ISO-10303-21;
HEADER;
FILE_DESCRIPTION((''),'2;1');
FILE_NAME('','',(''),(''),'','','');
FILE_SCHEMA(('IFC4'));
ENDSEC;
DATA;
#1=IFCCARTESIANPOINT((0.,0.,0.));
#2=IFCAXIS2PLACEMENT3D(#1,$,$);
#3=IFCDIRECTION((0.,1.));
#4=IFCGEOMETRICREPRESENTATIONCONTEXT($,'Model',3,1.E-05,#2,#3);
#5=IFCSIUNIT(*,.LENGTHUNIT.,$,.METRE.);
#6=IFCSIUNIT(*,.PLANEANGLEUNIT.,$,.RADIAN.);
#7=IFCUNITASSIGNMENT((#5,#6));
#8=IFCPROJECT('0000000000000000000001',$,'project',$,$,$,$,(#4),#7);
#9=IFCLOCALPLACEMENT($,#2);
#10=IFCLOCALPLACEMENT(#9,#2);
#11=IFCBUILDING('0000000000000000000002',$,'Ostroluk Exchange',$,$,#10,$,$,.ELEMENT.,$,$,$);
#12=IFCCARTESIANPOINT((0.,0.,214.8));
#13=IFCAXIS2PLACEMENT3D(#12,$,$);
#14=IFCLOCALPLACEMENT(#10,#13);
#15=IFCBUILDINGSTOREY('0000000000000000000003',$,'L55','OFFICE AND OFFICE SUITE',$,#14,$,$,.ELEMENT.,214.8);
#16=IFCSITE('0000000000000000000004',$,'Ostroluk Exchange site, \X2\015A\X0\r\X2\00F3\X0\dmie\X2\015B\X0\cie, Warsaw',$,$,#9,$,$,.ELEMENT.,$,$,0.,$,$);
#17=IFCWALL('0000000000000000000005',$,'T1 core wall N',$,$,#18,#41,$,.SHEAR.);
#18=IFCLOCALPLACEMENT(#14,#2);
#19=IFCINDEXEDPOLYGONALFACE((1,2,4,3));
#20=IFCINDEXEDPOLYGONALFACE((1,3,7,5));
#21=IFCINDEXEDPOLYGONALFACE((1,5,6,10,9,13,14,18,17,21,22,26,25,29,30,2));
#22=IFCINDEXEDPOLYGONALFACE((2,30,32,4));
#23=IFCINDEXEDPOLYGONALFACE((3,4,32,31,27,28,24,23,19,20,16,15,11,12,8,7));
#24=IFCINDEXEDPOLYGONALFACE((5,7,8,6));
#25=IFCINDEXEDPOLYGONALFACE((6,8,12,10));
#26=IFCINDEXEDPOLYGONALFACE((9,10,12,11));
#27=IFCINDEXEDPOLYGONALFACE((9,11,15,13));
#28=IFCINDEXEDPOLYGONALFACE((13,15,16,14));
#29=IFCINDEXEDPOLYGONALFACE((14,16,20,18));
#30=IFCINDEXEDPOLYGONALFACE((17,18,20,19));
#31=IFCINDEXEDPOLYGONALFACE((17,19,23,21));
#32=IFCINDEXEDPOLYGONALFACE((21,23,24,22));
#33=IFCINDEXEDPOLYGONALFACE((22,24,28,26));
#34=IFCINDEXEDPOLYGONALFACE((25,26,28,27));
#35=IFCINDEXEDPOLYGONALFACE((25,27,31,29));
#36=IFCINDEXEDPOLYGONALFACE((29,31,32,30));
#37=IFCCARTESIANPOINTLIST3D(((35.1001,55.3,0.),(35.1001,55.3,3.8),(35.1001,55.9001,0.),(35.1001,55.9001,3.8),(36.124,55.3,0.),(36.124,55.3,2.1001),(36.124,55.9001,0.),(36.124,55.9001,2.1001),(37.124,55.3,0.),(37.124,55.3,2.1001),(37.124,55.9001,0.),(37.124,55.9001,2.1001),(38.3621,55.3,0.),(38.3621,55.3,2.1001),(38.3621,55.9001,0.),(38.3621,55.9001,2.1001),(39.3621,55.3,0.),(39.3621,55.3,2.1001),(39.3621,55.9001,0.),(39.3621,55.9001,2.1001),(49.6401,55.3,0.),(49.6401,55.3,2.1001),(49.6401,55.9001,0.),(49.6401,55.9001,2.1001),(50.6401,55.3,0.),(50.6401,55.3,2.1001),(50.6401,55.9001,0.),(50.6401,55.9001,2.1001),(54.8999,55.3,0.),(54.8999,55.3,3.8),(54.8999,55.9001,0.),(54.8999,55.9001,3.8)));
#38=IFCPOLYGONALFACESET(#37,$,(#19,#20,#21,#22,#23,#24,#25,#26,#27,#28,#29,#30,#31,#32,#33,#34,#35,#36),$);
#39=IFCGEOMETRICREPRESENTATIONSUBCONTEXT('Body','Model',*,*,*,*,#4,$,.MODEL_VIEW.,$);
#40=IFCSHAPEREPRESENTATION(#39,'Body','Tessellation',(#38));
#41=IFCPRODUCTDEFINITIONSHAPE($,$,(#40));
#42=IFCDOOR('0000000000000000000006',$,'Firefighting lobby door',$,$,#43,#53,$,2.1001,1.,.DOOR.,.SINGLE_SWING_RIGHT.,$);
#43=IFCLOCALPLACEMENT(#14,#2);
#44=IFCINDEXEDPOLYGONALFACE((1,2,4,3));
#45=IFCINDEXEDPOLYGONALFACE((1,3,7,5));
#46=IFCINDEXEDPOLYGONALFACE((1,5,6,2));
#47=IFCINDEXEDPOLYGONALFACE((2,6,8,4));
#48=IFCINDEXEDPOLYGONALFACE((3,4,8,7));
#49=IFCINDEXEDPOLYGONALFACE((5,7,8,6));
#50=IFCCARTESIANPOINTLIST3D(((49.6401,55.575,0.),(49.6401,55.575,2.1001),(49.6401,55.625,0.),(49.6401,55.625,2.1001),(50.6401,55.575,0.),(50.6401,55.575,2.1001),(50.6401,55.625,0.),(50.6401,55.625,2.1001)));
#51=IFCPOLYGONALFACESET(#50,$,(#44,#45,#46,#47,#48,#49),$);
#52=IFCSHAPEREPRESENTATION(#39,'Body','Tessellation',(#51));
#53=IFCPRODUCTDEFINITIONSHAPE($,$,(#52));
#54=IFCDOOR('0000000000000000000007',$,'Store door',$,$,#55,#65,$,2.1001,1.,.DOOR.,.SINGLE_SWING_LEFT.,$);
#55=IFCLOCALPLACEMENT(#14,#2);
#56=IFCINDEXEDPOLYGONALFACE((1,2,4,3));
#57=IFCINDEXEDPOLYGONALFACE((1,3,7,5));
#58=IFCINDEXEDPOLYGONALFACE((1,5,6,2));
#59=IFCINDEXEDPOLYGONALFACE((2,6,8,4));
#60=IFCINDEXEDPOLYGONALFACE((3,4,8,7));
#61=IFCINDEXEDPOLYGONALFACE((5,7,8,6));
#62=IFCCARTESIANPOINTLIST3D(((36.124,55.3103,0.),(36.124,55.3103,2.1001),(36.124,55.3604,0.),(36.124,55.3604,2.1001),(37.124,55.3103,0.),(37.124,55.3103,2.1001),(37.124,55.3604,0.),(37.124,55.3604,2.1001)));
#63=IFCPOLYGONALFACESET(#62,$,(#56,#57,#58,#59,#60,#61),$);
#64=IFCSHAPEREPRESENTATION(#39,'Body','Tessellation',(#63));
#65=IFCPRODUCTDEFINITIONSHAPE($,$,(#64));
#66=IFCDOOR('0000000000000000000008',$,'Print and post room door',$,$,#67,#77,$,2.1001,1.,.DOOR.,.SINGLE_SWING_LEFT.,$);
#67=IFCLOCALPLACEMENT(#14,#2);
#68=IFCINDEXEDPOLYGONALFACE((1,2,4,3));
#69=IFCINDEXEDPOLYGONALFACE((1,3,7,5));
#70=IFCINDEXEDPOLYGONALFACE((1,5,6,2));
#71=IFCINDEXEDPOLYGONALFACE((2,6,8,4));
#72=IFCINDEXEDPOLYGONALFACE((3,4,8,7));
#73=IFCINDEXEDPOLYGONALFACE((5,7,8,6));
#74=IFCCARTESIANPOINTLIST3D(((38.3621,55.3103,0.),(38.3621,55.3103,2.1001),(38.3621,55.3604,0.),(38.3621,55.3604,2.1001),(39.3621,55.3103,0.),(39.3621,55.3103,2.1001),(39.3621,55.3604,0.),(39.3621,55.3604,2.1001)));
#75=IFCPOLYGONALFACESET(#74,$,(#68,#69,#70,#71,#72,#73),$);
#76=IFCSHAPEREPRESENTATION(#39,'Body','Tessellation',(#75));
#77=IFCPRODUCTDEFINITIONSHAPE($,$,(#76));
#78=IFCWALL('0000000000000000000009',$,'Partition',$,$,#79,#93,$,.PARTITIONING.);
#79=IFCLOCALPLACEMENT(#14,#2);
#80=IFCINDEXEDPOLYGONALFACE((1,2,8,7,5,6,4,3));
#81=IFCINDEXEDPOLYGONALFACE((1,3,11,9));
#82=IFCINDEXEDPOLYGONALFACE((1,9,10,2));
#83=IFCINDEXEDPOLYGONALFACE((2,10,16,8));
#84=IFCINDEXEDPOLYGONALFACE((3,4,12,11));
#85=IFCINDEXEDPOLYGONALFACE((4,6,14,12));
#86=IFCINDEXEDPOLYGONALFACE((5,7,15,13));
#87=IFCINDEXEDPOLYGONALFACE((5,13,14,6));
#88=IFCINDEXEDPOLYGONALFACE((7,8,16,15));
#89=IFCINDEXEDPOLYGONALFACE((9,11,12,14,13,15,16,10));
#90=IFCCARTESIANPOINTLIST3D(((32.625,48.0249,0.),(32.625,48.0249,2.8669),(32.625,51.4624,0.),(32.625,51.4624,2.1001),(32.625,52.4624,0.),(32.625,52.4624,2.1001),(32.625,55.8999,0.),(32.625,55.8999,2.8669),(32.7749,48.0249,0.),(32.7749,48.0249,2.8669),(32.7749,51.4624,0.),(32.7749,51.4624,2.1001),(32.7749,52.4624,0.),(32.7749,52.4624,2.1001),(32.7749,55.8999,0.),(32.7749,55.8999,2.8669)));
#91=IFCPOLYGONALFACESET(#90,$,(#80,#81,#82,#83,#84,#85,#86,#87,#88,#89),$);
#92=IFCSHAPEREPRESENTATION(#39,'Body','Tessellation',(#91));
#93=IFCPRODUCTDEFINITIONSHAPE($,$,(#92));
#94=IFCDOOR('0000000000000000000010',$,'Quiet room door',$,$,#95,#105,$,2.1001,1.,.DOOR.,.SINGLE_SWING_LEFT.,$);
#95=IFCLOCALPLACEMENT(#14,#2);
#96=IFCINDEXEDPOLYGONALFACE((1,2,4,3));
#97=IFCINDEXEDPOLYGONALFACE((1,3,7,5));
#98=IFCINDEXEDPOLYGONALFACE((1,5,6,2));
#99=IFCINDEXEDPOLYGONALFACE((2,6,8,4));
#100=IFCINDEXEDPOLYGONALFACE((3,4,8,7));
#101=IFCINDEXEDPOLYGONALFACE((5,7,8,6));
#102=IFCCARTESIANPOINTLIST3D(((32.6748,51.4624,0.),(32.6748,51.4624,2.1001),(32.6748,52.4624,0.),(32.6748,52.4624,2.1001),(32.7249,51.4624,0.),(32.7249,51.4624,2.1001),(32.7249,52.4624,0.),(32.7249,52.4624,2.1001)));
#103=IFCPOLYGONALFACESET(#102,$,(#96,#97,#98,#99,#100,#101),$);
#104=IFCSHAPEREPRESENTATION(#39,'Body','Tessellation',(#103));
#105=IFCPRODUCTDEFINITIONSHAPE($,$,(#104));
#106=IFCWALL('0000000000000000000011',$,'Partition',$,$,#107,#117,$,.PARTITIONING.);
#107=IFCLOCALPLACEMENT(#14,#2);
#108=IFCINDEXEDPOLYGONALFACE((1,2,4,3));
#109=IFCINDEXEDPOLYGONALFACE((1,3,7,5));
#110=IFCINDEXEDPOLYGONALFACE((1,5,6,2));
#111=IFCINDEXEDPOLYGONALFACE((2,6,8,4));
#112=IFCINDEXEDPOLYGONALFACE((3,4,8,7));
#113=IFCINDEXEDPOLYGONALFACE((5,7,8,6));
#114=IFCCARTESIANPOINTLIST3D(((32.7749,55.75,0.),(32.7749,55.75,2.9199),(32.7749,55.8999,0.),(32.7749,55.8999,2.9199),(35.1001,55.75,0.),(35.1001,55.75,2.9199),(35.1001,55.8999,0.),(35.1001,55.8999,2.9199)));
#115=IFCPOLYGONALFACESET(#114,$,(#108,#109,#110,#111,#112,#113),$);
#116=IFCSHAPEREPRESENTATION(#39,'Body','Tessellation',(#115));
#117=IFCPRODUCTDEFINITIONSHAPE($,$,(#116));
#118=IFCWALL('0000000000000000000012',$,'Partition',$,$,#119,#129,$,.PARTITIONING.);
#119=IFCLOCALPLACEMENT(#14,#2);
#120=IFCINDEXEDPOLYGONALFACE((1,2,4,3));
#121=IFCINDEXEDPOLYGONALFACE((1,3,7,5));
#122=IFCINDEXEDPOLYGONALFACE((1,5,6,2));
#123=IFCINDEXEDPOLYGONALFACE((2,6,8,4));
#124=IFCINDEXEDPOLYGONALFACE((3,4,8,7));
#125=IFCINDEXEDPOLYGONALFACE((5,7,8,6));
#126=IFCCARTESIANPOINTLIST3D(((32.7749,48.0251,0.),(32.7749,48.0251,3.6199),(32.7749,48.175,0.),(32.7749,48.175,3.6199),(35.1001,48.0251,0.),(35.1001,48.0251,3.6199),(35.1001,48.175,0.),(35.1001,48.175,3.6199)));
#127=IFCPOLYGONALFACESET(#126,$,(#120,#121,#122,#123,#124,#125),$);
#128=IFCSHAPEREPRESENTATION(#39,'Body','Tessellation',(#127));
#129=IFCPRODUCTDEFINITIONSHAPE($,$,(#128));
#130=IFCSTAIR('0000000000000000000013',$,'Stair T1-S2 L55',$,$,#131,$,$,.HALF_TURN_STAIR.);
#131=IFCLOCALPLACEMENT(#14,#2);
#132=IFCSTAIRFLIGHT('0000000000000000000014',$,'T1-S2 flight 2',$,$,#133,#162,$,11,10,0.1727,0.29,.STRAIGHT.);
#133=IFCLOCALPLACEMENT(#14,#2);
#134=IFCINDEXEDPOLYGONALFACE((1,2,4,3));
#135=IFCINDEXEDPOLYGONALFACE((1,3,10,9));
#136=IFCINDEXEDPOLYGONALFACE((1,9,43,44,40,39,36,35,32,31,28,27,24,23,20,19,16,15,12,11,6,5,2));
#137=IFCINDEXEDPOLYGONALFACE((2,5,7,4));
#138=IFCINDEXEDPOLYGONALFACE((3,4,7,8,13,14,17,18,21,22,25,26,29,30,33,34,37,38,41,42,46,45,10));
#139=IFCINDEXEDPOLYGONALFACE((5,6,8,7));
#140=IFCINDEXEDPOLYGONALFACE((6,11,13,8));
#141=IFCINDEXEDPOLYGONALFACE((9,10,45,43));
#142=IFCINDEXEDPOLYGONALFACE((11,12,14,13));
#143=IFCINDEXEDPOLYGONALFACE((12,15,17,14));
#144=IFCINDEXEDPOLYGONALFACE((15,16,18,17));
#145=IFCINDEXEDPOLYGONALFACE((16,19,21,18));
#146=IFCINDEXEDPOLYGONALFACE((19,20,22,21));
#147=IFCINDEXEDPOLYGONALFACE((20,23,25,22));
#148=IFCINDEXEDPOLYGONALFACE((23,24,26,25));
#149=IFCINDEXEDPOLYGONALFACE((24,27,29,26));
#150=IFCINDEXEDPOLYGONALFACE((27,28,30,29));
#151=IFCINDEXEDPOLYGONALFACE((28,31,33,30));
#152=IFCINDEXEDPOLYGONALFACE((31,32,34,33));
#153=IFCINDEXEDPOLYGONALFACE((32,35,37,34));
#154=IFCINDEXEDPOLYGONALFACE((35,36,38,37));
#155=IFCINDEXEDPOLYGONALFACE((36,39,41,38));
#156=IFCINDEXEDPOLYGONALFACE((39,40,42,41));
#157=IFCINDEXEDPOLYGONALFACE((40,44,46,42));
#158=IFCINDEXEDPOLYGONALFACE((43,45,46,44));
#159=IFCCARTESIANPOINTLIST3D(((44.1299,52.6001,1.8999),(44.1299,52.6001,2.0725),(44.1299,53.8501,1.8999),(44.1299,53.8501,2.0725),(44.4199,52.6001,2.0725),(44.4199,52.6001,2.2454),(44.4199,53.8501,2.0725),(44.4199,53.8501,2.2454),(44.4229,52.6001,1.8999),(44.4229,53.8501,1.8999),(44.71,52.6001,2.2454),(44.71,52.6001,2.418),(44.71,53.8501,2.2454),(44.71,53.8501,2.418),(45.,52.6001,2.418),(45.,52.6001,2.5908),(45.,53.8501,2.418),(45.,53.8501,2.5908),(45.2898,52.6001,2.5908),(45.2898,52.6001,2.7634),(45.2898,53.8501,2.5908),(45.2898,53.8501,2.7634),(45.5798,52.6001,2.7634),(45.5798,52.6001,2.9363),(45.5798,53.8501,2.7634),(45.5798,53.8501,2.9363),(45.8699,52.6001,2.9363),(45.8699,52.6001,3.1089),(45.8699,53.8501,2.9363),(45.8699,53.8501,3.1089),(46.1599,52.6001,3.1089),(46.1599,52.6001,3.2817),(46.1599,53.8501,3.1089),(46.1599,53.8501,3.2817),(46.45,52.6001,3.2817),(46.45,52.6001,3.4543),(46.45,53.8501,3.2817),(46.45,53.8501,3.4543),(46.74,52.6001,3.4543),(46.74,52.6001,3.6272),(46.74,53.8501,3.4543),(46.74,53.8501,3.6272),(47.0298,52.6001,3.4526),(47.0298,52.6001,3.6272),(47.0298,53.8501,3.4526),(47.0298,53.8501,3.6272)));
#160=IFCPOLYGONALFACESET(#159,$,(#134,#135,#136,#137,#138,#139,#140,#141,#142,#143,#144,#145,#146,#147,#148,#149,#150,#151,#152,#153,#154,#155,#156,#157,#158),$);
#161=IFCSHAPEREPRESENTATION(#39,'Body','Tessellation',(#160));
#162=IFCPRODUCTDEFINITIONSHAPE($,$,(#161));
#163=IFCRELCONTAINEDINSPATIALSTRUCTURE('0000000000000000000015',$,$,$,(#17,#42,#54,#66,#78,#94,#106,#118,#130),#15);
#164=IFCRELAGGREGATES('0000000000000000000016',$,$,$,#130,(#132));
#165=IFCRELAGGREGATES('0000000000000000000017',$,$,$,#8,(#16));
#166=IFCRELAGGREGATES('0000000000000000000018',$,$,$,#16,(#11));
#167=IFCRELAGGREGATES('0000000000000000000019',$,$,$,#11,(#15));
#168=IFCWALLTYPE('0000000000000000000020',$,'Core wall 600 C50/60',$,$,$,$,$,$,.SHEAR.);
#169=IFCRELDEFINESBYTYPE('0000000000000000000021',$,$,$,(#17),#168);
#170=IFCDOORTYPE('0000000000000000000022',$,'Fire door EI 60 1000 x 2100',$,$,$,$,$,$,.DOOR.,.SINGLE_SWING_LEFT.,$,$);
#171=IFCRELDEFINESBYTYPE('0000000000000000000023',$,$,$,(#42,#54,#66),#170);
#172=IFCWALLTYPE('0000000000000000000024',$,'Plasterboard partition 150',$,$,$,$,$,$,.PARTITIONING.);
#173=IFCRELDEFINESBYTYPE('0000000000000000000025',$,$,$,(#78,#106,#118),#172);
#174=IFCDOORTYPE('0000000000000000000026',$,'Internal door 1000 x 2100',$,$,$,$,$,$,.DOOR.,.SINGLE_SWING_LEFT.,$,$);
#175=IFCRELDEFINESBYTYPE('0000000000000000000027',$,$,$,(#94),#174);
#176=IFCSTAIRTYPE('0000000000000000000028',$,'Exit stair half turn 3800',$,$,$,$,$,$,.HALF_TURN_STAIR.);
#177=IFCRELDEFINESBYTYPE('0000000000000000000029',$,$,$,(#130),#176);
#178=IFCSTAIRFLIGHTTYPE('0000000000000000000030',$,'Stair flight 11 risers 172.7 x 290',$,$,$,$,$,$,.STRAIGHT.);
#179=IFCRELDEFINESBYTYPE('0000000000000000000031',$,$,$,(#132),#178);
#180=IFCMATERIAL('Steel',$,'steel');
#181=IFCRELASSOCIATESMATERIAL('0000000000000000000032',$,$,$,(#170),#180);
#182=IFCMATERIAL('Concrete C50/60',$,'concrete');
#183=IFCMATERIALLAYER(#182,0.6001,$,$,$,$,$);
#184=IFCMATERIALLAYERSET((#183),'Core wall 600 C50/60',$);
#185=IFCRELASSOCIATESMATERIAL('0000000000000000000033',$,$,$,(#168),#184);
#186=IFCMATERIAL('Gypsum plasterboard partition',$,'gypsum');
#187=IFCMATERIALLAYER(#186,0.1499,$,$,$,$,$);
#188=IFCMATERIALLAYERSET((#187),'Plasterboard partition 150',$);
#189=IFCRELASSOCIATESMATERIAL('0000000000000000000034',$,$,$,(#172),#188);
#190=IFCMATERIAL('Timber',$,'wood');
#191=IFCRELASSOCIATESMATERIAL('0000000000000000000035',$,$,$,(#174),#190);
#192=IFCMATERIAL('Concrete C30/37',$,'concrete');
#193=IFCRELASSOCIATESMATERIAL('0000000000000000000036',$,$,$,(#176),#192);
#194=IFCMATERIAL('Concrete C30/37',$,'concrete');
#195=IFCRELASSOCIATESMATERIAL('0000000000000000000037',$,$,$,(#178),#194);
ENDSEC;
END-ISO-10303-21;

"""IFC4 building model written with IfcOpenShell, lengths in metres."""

from ifc_helpers import new_model, si_unit, direction, frame, frame_2d, origin, place, context, subcontext, project, spatial, polyline, rectangle, outline, extrude, material, layer, layer_set, type_object, element, fill, aggregate, save


model = new_model("IFC4")

# Units and contexts
model_context = context("Model", 3, precision=1e-05, world=origin(), true_north=direction((0.0, 1.0)))
body_context = subcontext(model_context, "Body", "Model", "MODEL_VIEW")
ifc_project = project(units=[si_unit("LENGTHUNIT", "METRE"), si_unit("PLANEANGLEUNIT", "RADIAN")], contexts=[model_context])

# Site, building, storey
site_placement = place(None, origin())
site = spatial("IfcSite", under=ifc_project, at=site_placement, Name="Ostroluk Exchange site, Śródmieście, Warsaw", CompositionType="ELEMENT", RefElevation=0.0)
building_placement = place(site_placement, origin())
building = spatial("IfcBuilding", under=site, at=building_placement, Name="Ostroluk Exchange", CompositionType="ELEMENT")
storey_placement = place(building_placement, frame((0.0, 0.0, 214.8)))
storey = spatial("IfcBuildingStorey", under=building, at=storey_placement, Name="L55", Description="OFFICE AND OFFICE SUITE", CompositionType="ELEMENT", Elevation=214.8)

# Wall, openings, doors
ifc_material_1 = material(Name="Steel", Category="steel")
door_type_1 = type_object("IfcDoorType", Name="Fire door EI 60 1000 x 2100", OperationType="SINGLE_SWING_LEFT", PredefinedType="DOOR", material=ifc_material_1)
ifc_material_2 = material(Name="Concrete C50/60", Category="concrete")
ifc_layer_1 = layer(ifc_material_2, 0.6001)
ifc_layer_set_1 = layer_set([ifc_layer_1], Name="Core wall 600 C50/60")
wall_type_1 = type_object("IfcWallType", Name="Core wall 600 C50/60", PredefinedType="SHEAR", material=ifc_layer_set_1)
wall_1_placement = place(storey_placement, frame((35.1001, 55.6001, 0.0), z_axis=(0.0, 0.0, 1.0), x_axis=(1.0, 0.0, 0.0)))
wall_1 = element("IfcWall", 1, at=wall_1_placement, inside=storey, type_object=wall_type_1, Name="T1 core wall N", PredefinedType="SHEAR", context=body_context, shape_type="SweptSolid", body=[
    extrude(rectangle(XDim=19.7998, YDim=0.6001, at=frame_2d((9.8999, 0.0))), origin(), (0.0, 0.0, 1.0), 3.8),
])
opening_1_placement = place(wall_1_placement, frame((14.54, 0.0, 0.0)))
opening_1 = element("IfcOpeningElement", 2, at=opening_1_placement, cuts=wall_1, PredefinedType="OPENING", context=body_context, shape_type="SweptSolid", body=[
    extrude(rectangle(XDim=1.0, YDim=2.1001, at=frame_2d((0.5, 1.05))), frame((0.0, 0.3101, 0.0), z_axis=(0.0, -1.0, 0.0), x_axis=(1.0, 0.0, 0.0)), (0.0, 0.0, 1.0), 0.6201),
])
opening_2_placement = place(wall_1_placement, frame((1.0239, 0.0, 0.0)))
opening_2 = element("IfcOpeningElement", 3, at=opening_2_placement, cuts=wall_1, PredefinedType="OPENING", context=body_context, shape_type="SweptSolid", body=[
    extrude(rectangle(XDim=1.0, YDim=2.1001, at=frame_2d((0.5, 1.05))), frame((0.0, 0.3101, 0.0), z_axis=(0.0, -1.0, 0.0), x_axis=(1.0, 0.0, 0.0)), (0.0, 0.0, 1.0), 0.6201),
])
opening_3_placement = place(wall_1_placement, frame((3.262, 0.0, 0.0)))
opening_3 = element("IfcOpeningElement", 4, at=opening_3_placement, cuts=wall_1, PredefinedType="OPENING", context=body_context, shape_type="SweptSolid", body=[
    extrude(rectangle(XDim=1.0, YDim=2.1001, at=frame_2d((0.5, 1.05))), frame((0.0, 0.3101, 0.0), z_axis=(0.0, -1.0, 0.0), x_axis=(1.0, 0.0, 0.0)), (0.0, 0.0, 1.0), 0.6201),
])
door_1_placement = place(opening_1_placement, origin())
door_1 = element("IfcDoor", 5, at=door_1_placement, inside=storey, type_object=door_type_1, Name="Firefighting lobby door", OperationType="SINGLE_SWING_RIGHT", OverallHeight=2.1001, OverallWidth=1.0, PredefinedType="DOOR", context=body_context, shape_type="SweptSolid", body=[
    extrude(rectangle(XDim=1.0, YDim=2.1001, at=frame_2d((0.5, 1.05))), frame((0.0, 0.0249, 0.0), z_axis=(0.0, -1.0, 0.0), x_axis=(1.0, 0.0, 0.0)), (0.0, 0.0, 1.0), 0.05),
])
fill(opening_1, door_1)
door_2_placement = place(opening_2_placement, origin())
door_2 = element("IfcDoor", 6, at=door_2_placement, inside=storey, type_object=door_type_1, Name="Store door", OperationType="SINGLE_SWING_LEFT", OverallHeight=2.1001, OverallWidth=1.0, PredefinedType="DOOR", context=body_context, shape_type="SweptSolid", body=[
    extrude(rectangle(XDim=1.0, YDim=2.1001, at=frame_2d((0.5, 1.05))), frame((0.0, -0.2397, 0.0), z_axis=(0.0, -1.0, 0.0), x_axis=(1.0, 0.0, 0.0)), (0.0, 0.0, 1.0), 0.05),
])
fill(opening_2, door_2)
door_3_placement = place(opening_3_placement, origin())
door_3 = element("IfcDoor", 7, at=door_3_placement, inside=storey, type_object=door_type_1, Name="Print and post room door", OperationType="SINGLE_SWING_LEFT", OverallHeight=2.1001, OverallWidth=1.0, PredefinedType="DOOR", context=body_context, shape_type="SweptSolid", body=[
    extrude(rectangle(XDim=1.0, YDim=2.1001, at=frame_2d((0.5, 1.05))), frame((0.0, -0.2397, 0.0), z_axis=(0.0, -1.0, 0.0), x_axis=(1.0, 0.0, 0.0)), (0.0, 0.0, 1.0), 0.05),
])
fill(opening_3, door_3)

# Wall, opening, door
ifc_material_3 = material(Name="Gypsum plasterboard partition", Category="gypsum")
ifc_layer_2 = layer(ifc_material_3, 0.1499)
ifc_layer_set_2 = layer_set([ifc_layer_2], Name="Plasterboard partition 150")
wall_type_2 = type_object("IfcWallType", Name="Plasterboard partition 150", PredefinedType="PARTITIONING", material=ifc_layer_set_2)
wall_2_placement = place(storey_placement, frame((32.7, 55.8999, 0.0), z_axis=(0.0, 0.0, 1.0), x_axis=(0.0, -1.0, 0.0)))
wall_2 = element("IfcWall", 8, at=wall_2_placement, inside=storey, type_object=wall_type_2, Name="Partition", PredefinedType="PARTITIONING", context=body_context, shape_type="SweptSolid", body=[
    extrude(rectangle(XDim=7.875, YDim=0.1499, at=frame_2d((3.9375, 0.0))), origin(), (0.0, 0.0, 1.0), 2.8669),
])
opening_4_placement = place(wall_2_placement, frame((3.4375, 0.0, 0.0)))
opening_4 = element("IfcOpeningElement", 9, at=opening_4_placement, cuts=wall_2, PredefinedType="OPENING", context=body_context, shape_type="SweptSolid", body=[
    extrude(rectangle(XDim=1.0, YDim=2.1001, at=frame_2d((0.5, 1.05))), frame((0.0, 0.085, 0.0), z_axis=(0.0, -1.0, 0.0), x_axis=(1.0, 0.0, 0.0)), (0.0, 0.0, 1.0), 0.1699),
])
ifc_material_4 = material(Name="Timber", Category="wood")
door_type_2 = type_object("IfcDoorType", Name="Internal door 1000 x 2100", OperationType="SINGLE_SWING_LEFT", PredefinedType="DOOR", material=ifc_material_4)
door_4_placement = place(opening_4_placement, origin())
door_4 = element("IfcDoor", 10, at=door_4_placement, inside=storey, type_object=door_type_2, Name="Quiet room door", OperationType="SINGLE_SWING_LEFT", OverallHeight=2.1001, OverallWidth=1.0, PredefinedType="DOOR", context=body_context, shape_type="SweptSolid", body=[
    extrude(rectangle(XDim=1.0, YDim=2.1001, at=frame_2d((0.5, 1.05))), frame((0.0, 0.0249, 0.0), z_axis=(0.0, -1.0, 0.0), x_axis=(1.0, 0.0, 0.0)), (0.0, 0.0, 1.0), 0.05),
])
fill(opening_4, door_4)

# Walls
wall_3_placement = place(storey_placement, frame((35.1001, 55.825, 0.0), z_axis=(0.0, 0.0, 1.0), x_axis=(-1.0, 0.0, 0.0)))
element("IfcWall", 11, at=wall_3_placement, inside=storey, type_object=wall_type_2, Name="Partition", PredefinedType="PARTITIONING", context=body_context, shape_type="SweptSolid", body=[
    extrude(rectangle(XDim=2.3252, YDim=0.1499, at=frame_2d((1.1626, 0.0))), origin(), (0.0, 0.0, 1.0), 2.9199),
])
wall_4_placement = place(storey_placement, frame((35.1001, 48.1001, 0.0), z_axis=(0.0, 0.0, 1.0), x_axis=(-1.0, 0.0, 0.0)))
element("IfcWall", 12, at=wall_4_placement, inside=storey, type_object=wall_type_2, Name="Partition", PredefinedType="PARTITIONING", context=body_context, shape_type="SweptSolid", body=[
    extrude(rectangle(XDim=2.3252, YDim=0.1499, at=frame_2d((1.1626, 0.0))), origin(), (0.0, 0.0, 1.0), 3.6199),
])

# Stair, stair flight
ifc_material_5 = material(Name="Concrete C30/37", Category="concrete")
stair_type = type_object("IfcStairType", Name="Exit stair half turn 3800", PredefinedType="HALF_TURN_STAIR", material=ifc_material_5)
stair_placement = place(storey_placement, origin())
stair = element("IfcStair", 13, at=stair_placement, inside=storey, type_object=stair_type, Name="Stair T1-S2 L55", PredefinedType="HALF_TURN_STAIR")
ifc_material_6 = material(Name="Concrete C30/37", Category="concrete")
stair_flight_type = type_object("IfcStairFlightType", Name="Stair flight 11 risers 172.7 x 290", PredefinedType="STRAIGHT", material=ifc_material_6)
stair_flight_placement = place(storey_placement, frame((44.1299, 53.2251, 1.8999), z_axis=(0.0, 0.0, 1.0), x_axis=(1.0, 0.0, 0.0)))
stair_flight = element("IfcStairFlight", 14, at=stair_flight_placement, type_object=stair_flight_type, Name="T1-S2 flight 2", NumberOfRisers=11, NumberOfTreads=10, PredefinedType="STRAIGHT", RiserHeight=0.1727, TreadLength=0.29, context=body_context, shape_type="SweptSolid", body=[
    extrude(outline(polyline([(0.0, 0.0), (0.0, 0.1726), (0.29, 0.1726), (0.29, 0.3455), (0.5801, 0.3455), (0.5801, 0.5181), (0.8701, 0.5181), (0.8701, 0.6909), (1.1599, 0.6909), (1.1599, 0.8635), (1.45, 0.8635), (1.45, 1.0364), (1.74, 1.0364), (1.74, 1.209), (2.03, 1.209), (2.03, 1.3818), (2.3201, 1.3818), (2.3201, 1.5544), (2.6101, 1.5544), (2.6101, 1.7273), (2.8999, 1.7273), (2.8999, 1.8999), (2.8999, 1.5527), (0.293, 0.0), (0.0, 0.0)])), frame((0.0, 0.625, 0.0), z_axis=(0.0, -1.0, 0.0), x_axis=(1.0, 0.0, 0.0)), (0.0, 0.0, 1.0), 1.25),
])
aggregate(stair, [stair_flight])

save(model, "model.ifc")
